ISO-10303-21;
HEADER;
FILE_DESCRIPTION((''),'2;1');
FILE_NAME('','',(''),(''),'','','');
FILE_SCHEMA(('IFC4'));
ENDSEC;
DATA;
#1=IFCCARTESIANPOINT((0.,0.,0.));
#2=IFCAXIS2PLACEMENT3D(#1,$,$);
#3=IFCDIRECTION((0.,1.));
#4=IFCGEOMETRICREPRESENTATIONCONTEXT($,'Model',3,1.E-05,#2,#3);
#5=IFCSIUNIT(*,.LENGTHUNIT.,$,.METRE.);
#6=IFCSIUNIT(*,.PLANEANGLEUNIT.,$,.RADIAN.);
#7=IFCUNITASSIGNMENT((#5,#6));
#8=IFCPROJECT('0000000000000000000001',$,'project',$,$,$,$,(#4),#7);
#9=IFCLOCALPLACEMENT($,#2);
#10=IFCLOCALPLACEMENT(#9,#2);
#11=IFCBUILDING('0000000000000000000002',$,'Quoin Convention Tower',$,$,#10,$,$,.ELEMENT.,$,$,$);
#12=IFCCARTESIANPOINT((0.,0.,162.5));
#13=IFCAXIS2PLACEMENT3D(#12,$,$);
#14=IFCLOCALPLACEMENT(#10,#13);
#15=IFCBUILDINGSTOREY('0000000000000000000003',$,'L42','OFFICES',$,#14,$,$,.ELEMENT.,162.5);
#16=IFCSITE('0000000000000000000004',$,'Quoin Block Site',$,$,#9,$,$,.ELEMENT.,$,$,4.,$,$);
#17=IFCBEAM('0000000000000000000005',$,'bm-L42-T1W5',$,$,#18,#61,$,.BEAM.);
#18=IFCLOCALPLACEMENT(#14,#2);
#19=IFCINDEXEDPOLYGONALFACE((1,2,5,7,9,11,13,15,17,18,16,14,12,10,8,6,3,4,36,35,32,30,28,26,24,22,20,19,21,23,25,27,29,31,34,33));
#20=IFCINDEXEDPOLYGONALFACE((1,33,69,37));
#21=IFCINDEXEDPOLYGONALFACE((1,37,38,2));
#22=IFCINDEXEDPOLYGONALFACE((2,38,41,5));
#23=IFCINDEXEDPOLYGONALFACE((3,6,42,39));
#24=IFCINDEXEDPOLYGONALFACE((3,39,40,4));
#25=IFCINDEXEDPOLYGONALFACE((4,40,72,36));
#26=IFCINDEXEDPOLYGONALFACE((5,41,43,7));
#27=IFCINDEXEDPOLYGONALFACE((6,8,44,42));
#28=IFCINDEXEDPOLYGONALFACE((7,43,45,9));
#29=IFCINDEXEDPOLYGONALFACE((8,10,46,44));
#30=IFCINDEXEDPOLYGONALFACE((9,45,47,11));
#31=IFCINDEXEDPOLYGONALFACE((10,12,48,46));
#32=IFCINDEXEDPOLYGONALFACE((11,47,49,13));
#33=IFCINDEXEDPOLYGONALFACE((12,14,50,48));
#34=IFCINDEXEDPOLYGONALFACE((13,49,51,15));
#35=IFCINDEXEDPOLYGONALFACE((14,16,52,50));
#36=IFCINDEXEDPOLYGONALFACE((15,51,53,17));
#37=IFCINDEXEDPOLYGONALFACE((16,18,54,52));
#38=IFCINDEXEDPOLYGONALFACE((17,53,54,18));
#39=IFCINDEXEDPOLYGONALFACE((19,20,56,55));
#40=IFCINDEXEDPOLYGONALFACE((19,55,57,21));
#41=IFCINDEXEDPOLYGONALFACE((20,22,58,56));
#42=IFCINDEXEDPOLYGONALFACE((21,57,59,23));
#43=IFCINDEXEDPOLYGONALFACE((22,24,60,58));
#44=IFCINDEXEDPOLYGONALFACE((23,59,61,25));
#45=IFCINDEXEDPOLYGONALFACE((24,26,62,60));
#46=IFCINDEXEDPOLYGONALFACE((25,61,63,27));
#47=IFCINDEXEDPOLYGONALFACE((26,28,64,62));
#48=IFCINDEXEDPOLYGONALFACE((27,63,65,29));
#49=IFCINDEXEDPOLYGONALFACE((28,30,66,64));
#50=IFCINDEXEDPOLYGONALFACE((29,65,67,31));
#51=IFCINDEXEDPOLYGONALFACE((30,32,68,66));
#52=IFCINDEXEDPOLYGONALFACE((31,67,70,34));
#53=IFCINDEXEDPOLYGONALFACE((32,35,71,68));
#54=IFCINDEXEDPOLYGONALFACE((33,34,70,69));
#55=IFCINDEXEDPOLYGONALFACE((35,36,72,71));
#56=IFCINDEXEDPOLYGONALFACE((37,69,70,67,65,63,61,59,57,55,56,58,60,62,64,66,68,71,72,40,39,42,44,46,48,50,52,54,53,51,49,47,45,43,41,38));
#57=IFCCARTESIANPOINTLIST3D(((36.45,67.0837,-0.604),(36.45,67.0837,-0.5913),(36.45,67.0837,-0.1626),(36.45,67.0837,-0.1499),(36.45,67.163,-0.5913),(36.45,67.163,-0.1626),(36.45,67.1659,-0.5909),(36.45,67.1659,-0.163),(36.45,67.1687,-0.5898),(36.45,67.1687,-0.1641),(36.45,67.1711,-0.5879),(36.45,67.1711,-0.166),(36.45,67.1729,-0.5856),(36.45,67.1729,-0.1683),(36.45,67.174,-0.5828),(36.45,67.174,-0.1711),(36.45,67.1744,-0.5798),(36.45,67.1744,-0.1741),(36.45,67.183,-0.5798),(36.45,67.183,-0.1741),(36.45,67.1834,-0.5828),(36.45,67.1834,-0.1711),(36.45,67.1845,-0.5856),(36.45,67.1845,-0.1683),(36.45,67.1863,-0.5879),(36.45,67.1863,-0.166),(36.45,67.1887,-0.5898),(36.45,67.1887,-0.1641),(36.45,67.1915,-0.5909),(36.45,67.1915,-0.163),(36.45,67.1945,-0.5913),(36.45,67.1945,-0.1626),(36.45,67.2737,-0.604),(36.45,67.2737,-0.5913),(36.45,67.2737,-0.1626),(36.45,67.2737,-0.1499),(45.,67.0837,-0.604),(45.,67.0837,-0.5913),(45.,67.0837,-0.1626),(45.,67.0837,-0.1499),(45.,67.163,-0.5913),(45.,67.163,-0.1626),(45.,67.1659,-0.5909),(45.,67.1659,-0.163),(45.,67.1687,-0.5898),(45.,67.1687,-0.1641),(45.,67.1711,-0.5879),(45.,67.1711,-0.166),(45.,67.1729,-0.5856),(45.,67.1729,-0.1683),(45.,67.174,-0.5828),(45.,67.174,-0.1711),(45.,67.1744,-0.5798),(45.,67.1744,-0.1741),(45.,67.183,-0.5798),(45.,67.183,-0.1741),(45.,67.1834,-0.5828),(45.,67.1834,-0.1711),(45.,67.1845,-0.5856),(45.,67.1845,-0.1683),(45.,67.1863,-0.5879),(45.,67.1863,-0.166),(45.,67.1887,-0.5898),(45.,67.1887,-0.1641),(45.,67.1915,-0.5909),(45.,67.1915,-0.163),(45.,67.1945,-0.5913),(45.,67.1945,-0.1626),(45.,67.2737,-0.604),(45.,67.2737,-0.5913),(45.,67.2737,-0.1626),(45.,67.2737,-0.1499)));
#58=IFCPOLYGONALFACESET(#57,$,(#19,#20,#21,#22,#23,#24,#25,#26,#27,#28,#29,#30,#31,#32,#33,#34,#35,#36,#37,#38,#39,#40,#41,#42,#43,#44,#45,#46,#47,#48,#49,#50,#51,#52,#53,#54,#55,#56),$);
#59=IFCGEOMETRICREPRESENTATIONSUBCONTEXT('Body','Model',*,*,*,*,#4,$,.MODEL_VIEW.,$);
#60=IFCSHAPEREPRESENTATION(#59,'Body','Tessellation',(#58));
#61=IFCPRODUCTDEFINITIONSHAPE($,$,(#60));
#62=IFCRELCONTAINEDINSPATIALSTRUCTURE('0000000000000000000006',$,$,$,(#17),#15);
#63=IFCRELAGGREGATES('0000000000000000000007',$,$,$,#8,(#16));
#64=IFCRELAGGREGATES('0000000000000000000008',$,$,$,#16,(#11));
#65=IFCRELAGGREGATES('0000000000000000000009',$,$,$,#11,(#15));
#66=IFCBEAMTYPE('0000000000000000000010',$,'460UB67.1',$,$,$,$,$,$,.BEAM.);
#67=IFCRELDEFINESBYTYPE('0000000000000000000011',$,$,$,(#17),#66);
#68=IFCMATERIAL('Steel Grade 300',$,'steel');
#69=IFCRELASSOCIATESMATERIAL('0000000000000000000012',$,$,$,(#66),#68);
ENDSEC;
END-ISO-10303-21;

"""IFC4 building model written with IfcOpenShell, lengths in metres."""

from ifc_helpers import new_model, si_unit, direction, frame, origin, origin_2d, place, context, subcontext, project, spatial, i_section, extrude, material, material_profile, profile_set, type_object, element, save


model = new_model("IFC4")

# Units and contexts
model_context = context("Model", 3, precision=1e-05, world=origin(), true_north=direction((0.0, 1.0)))
body_context = subcontext(model_context, "Body", "Model", "MODEL_VIEW")
ifc_project = project(units=[si_unit("LENGTHUNIT", "METRE"), si_unit("PLANEANGLEUNIT", "RADIAN")], contexts=[model_context])

# Site, building, storey
site_placement = place(None, origin())
site = spatial("IfcSite", under=ifc_project, at=site_placement, Name="Quoin Block Site", CompositionType="ELEMENT", RefElevation=4.0)
building_placement = place(site_placement, origin())
building = spatial("IfcBuilding", under=site, at=building_placement, Name="Quoin Convention Tower", CompositionType="ELEMENT")
storey_placement = place(building_placement, frame((0.0, 0.0, 162.5)))
storey = spatial("IfcBuildingStorey", under=building, at=storey_placement, Name="L42", Description="OFFICES", CompositionType="ELEMENT", Elevation=162.5)

# Beam
ifc_material_1 = material(Name="Steel Grade 300", Category="steel")
ifc_material_profile = material_profile(ifc_material_1, i_section(OverallWidth=0.1899, OverallDepth=0.4541, WebThickness=0.0085, FlangeThickness=0.0127, FilletRadius=0.0115, at=origin_2d()), Name="460UB67.1")
ifc_profile_set = profile_set([ifc_material_profile], Name="Steel Grade 300")
beam_type = type_object("IfcBeamType", Name="460UB67.1", PredefinedType="BEAM", material=ifc_profile_set)
beam_placement = place(storey_placement, frame((36.45, 67.1787, -0.377), z_axis=(1.0, 0.0, 0.0), x_axis=(0.0, 1.0, 0.0)))
element("IfcBeam", 1, at=beam_placement, inside=storey, type_object=beam_type, Name="bm-L42-T1W5", PredefinedType="BEAM", context=body_context, shape_type="SweptSolid", body=[
    extrude(i_section(OverallWidth=0.1899, OverallDepth=0.4541, WebThickness=0.0085, FlangeThickness=0.0127, FilletRadius=0.0115, at=origin_2d()), origin(), (0.0, 0.0, 1.0), 8.55),
])

save(model, "model.ifc")
